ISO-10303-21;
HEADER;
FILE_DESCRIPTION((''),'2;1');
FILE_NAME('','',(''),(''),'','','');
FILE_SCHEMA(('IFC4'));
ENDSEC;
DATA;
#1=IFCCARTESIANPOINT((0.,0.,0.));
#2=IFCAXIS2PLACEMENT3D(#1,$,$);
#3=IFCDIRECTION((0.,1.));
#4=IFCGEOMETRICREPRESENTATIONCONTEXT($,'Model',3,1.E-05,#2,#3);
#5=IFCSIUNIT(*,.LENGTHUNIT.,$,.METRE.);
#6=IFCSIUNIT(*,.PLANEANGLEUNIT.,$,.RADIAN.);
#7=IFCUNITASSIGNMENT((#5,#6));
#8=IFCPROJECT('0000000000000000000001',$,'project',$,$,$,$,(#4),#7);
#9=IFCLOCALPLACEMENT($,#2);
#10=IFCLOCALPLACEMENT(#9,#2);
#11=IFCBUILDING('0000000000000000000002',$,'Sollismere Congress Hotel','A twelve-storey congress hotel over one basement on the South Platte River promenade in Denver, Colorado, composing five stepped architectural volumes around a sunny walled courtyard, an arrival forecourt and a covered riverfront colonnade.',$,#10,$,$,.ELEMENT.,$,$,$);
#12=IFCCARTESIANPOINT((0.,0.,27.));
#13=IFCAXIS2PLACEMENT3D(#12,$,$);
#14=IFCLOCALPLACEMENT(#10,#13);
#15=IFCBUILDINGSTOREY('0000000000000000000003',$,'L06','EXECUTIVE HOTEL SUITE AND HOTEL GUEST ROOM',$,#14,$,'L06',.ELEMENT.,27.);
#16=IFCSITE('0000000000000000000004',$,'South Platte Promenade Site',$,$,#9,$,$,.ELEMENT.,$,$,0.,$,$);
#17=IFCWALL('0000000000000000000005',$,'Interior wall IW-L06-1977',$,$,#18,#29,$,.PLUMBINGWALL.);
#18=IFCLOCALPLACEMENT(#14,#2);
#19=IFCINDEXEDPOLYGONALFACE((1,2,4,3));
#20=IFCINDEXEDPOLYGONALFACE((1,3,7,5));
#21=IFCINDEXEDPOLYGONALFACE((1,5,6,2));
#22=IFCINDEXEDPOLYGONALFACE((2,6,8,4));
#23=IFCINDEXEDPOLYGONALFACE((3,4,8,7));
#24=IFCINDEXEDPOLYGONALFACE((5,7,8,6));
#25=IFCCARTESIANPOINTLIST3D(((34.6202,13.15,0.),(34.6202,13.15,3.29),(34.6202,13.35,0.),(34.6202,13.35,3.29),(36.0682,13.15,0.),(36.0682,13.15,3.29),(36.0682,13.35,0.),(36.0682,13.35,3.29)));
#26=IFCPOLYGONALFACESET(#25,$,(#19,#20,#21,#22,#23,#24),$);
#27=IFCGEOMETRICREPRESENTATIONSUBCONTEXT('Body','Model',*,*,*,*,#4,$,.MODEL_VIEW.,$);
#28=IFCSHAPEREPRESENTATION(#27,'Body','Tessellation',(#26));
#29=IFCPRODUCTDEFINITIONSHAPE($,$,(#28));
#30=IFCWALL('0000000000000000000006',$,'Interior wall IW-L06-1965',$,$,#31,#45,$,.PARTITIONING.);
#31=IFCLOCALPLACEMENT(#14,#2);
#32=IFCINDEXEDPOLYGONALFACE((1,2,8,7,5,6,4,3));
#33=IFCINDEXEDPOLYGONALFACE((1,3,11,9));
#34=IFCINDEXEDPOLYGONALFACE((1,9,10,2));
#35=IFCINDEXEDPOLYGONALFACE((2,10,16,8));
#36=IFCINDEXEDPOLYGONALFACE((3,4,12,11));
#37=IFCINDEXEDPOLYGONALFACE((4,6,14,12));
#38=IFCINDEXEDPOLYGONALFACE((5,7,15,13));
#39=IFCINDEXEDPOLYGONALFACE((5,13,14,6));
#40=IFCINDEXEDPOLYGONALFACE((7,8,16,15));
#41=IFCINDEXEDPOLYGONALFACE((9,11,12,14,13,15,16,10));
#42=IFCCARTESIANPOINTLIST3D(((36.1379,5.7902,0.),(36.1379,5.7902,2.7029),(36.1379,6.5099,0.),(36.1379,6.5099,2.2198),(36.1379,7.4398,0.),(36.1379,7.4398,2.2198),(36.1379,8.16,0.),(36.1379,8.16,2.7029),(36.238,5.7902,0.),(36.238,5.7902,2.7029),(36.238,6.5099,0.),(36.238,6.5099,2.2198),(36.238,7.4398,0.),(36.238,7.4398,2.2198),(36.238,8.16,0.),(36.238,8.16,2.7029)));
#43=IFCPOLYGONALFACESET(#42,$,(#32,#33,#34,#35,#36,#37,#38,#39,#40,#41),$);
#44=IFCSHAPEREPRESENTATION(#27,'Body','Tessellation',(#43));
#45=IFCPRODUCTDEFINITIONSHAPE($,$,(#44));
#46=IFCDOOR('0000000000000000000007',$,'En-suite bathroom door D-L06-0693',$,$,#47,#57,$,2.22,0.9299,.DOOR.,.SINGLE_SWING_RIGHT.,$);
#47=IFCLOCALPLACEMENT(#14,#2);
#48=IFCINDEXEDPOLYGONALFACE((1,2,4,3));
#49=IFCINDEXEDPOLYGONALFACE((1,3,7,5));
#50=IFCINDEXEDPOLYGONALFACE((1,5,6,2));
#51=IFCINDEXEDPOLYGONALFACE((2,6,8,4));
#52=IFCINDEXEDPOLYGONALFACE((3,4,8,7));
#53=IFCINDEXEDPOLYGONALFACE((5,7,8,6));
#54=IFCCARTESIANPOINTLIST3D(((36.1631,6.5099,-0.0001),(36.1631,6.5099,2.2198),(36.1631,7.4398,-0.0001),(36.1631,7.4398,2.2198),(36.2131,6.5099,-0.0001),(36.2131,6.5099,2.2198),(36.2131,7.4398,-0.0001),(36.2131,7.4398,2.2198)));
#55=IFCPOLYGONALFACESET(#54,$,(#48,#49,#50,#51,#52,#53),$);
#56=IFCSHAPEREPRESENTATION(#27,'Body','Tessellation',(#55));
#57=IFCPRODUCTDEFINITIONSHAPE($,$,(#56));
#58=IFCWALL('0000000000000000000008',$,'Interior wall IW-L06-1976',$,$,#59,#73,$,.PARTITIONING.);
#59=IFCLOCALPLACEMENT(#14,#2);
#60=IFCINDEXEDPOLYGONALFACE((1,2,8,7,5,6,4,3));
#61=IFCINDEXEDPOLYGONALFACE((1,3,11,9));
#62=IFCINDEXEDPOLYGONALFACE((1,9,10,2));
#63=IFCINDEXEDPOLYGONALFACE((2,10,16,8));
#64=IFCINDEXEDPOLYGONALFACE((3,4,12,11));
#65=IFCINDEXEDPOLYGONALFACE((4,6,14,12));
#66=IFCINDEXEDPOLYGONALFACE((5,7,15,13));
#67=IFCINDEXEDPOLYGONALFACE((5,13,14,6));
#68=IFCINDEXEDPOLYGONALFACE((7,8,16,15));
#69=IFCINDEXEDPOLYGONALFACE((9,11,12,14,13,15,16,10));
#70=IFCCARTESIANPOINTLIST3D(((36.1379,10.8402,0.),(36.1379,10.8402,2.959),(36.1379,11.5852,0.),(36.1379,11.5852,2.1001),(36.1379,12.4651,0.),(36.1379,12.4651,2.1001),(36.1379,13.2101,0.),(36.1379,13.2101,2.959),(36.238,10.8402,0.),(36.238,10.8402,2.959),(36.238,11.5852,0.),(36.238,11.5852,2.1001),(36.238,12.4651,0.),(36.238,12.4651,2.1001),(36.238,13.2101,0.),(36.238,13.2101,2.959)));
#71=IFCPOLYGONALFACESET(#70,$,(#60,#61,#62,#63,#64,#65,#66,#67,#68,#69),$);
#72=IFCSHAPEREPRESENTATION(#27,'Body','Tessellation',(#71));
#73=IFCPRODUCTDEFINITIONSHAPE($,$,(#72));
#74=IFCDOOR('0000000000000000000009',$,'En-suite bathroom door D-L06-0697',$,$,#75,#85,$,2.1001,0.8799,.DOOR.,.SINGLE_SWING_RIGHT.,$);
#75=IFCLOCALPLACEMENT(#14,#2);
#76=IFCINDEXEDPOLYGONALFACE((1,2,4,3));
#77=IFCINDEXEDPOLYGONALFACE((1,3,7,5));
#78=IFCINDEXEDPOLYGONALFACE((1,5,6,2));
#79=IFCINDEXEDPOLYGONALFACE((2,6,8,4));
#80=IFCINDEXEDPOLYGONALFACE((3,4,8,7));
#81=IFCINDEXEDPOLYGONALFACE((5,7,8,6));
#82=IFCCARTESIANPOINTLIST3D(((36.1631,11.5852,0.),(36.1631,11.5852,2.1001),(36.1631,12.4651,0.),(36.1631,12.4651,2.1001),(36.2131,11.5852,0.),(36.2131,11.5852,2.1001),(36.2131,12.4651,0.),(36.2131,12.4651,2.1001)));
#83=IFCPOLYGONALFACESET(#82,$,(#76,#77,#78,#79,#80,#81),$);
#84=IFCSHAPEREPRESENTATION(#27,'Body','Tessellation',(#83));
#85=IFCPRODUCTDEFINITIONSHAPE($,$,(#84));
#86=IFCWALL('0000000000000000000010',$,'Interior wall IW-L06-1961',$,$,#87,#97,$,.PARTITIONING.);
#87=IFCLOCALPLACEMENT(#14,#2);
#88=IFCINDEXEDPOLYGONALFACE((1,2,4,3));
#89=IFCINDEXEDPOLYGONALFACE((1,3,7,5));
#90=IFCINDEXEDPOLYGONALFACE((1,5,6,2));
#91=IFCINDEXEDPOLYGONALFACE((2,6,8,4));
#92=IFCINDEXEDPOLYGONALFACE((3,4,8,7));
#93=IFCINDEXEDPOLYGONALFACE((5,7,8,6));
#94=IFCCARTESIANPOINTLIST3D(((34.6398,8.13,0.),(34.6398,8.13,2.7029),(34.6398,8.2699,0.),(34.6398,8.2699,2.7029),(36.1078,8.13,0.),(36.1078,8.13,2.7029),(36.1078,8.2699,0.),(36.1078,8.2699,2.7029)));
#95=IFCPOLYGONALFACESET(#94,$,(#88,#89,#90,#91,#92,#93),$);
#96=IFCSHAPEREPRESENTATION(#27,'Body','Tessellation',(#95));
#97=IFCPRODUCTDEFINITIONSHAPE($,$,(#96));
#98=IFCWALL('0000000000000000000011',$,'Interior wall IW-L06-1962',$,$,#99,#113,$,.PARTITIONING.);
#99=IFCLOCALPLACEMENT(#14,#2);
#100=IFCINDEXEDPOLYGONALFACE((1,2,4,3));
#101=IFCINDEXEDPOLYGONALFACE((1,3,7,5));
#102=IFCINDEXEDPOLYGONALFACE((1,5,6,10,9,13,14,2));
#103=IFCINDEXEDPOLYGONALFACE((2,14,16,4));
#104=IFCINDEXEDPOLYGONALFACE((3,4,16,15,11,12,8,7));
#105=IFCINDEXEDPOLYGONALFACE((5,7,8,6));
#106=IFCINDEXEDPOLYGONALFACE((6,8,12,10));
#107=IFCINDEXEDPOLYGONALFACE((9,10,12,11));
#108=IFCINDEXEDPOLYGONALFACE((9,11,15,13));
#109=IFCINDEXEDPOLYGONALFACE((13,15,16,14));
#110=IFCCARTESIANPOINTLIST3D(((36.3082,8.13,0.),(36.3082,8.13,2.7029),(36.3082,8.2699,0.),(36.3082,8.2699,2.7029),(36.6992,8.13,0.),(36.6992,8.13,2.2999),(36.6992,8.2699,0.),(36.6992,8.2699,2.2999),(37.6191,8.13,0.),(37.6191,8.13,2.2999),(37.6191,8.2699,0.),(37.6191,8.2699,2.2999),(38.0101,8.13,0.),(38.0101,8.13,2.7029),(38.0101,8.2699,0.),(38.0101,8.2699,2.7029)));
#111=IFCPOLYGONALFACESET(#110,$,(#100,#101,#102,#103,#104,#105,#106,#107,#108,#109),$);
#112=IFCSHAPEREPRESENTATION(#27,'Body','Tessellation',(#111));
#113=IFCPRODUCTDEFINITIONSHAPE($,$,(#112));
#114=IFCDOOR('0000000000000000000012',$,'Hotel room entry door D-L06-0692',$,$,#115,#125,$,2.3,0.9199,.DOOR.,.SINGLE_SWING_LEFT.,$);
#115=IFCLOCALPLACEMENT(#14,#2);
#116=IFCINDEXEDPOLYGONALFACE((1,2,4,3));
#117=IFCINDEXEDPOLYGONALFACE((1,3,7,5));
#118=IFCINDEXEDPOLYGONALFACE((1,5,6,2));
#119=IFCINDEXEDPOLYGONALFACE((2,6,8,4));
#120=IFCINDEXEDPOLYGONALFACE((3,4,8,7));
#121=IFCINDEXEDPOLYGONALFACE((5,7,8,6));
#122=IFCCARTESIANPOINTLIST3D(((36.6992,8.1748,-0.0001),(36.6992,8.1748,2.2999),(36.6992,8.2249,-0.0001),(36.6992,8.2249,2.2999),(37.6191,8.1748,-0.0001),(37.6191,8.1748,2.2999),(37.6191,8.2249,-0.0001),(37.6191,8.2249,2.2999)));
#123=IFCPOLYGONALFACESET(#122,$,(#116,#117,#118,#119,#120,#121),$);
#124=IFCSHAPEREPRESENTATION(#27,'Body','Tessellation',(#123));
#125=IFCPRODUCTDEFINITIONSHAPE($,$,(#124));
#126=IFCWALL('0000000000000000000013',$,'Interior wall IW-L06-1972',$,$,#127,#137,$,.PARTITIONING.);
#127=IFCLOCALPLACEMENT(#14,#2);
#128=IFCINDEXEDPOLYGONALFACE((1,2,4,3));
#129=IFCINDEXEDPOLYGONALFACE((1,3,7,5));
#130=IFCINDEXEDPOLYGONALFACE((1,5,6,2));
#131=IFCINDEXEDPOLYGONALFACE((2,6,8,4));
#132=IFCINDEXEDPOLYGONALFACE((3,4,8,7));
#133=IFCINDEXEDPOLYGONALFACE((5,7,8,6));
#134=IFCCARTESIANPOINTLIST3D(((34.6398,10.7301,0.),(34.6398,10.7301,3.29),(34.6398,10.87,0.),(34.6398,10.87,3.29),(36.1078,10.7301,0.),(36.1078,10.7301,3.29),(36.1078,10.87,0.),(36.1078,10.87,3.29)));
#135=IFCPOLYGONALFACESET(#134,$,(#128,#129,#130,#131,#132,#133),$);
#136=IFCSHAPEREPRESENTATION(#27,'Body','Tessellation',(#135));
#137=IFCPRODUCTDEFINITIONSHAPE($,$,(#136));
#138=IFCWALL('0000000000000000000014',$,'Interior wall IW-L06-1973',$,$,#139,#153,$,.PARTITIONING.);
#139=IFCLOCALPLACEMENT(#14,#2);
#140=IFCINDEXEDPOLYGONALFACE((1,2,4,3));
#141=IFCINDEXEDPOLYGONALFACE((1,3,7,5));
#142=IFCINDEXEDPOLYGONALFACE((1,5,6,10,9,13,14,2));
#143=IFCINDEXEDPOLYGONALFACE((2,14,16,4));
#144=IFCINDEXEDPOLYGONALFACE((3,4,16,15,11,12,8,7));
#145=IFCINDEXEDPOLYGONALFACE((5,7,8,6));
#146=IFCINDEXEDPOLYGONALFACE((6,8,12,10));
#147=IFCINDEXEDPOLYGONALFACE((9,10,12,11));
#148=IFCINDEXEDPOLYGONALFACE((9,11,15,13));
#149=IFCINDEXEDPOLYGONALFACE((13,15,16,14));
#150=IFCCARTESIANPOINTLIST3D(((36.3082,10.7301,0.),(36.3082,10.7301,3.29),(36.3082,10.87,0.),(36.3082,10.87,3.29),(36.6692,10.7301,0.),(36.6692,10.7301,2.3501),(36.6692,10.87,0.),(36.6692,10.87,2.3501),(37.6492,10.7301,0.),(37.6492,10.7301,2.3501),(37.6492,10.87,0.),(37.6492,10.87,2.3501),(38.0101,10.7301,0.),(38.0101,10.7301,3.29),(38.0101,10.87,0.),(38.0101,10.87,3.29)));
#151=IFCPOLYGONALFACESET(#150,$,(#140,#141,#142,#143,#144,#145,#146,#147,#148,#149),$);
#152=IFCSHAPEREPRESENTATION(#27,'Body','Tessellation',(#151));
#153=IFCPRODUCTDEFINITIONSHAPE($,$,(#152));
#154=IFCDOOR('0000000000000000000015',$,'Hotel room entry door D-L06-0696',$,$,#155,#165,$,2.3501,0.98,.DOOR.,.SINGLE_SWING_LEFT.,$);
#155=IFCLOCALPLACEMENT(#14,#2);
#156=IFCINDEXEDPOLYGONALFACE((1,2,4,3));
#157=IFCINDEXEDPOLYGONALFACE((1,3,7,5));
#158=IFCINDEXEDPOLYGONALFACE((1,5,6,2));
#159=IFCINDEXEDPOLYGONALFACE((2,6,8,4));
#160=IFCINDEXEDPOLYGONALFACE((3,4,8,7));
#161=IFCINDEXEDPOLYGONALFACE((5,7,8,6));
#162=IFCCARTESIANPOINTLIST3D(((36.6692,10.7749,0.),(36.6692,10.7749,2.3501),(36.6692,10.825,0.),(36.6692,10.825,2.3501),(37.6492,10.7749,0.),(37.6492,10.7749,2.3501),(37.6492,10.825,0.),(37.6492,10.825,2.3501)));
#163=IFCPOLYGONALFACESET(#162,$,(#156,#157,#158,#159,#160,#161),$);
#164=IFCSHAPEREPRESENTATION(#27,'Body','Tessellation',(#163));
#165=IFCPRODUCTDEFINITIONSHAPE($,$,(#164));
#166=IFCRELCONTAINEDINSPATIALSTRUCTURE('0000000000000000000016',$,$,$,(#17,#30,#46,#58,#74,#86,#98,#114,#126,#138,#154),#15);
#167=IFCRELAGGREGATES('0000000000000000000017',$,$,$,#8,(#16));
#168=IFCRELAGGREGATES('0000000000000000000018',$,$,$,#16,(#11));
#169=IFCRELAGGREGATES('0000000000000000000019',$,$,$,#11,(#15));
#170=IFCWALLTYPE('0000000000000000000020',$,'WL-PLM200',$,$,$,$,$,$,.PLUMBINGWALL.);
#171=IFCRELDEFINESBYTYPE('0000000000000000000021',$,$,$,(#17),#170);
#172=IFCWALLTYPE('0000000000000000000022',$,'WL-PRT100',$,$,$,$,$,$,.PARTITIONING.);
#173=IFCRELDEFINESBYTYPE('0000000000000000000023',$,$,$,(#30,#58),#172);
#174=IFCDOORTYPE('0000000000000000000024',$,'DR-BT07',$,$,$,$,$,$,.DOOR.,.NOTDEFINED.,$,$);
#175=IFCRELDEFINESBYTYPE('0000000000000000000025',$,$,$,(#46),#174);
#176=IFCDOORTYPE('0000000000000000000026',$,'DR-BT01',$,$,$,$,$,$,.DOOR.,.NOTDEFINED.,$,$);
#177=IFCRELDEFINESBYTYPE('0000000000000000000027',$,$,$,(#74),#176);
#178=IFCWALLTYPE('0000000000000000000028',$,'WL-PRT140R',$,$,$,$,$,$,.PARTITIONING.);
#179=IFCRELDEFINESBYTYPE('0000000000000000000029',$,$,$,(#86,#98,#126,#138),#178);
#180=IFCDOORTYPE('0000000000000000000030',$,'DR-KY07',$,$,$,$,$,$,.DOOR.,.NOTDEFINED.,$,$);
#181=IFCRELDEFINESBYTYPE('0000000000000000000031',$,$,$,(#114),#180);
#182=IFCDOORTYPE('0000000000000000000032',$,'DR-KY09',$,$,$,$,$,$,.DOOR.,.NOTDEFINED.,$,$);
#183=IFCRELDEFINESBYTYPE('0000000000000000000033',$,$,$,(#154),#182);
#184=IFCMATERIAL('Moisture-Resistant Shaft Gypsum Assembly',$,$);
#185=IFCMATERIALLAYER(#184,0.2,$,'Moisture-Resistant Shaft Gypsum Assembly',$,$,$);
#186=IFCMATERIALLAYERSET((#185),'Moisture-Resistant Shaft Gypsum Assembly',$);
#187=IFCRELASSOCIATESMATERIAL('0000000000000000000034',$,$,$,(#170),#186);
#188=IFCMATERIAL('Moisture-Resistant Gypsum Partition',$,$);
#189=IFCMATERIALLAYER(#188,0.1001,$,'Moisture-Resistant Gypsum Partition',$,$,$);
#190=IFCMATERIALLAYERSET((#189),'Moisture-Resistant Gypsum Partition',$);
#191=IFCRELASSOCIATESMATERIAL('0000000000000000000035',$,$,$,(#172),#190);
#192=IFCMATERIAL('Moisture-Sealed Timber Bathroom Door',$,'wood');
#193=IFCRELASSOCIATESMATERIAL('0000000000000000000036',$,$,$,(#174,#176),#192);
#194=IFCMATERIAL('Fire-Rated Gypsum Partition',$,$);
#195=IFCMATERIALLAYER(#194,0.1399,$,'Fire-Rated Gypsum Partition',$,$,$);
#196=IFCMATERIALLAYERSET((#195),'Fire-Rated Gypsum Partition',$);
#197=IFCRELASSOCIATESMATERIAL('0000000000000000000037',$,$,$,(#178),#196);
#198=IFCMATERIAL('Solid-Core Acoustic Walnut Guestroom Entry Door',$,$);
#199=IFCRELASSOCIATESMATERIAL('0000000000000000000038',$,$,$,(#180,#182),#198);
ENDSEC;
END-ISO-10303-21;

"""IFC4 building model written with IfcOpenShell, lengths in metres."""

from ifc_helpers import new_model, si_unit, direction, frame, frame_2d, origin, place, context, subcontext, project, spatial, rectangle, extrude, material, layer, layer_set, type_object, element, fill, save


model = new_model("IFC4")

# Units and contexts
model_context = context("Model", 3, precision=1e-05, world=origin(), true_north=direction((0.0, 1.0)))
body_context = subcontext(model_context, "Body", "Model", "MODEL_VIEW")
ifc_project = project(units=[si_unit("LENGTHUNIT", "METRE"), si_unit("PLANEANGLEUNIT", "RADIAN")], contexts=[model_context])

# Site, building, storey
site_placement = place(None, origin())
site = spatial("IfcSite", under=ifc_project, at=site_placement, Name="South Platte Promenade Site", CompositionType="ELEMENT", RefElevation=0.0)
building_placement = place(site_placement, origin())
building = spatial("IfcBuilding", under=site, at=building_placement, Name="Sollismere Congress Hotel", Description="A twelve-storey congress hotel over one basement on the South Platte River promenade in Denver, Colorado, composing five stepped architectural volumes around a sunny walled courtyard, an arrival forecourt and a covered riverfront colonnade.", CompositionType="ELEMENT")
storey_placement = place(building_placement, frame((0.0, 0.0, 27.0)))
storey = spatial("IfcBuildingStorey", under=building, at=storey_placement, Name="L06", Description="EXECUTIVE HOTEL SUITE AND HOTEL GUEST ROOM", LongName="L06", CompositionType="ELEMENT", Elevation=27.0)

# Wall
ifc_material_1 = material(Name="Moisture-Resistant Shaft Gypsum Assembly")
ifc_layer_1 = layer(ifc_material_1, 0.2, Name="Moisture-Resistant Shaft Gypsum Assembly")
ifc_layer_set_1 = layer_set([ifc_layer_1], Name="Moisture-Resistant Shaft Gypsum Assembly")
wall_type_1 = type_object("IfcWallType", Name="WL-PLM200", PredefinedType="PLUMBINGWALL", material=ifc_layer_set_1)
for number, where, z_axis, x_axis, name in (
    (1, (34.6201, 13.25, 0.0), (0.0, 0.0, 1.0), (1.0, 0.0, 0.0), "Interior wall IW-L06-1977"),
):
    element("IfcWall", number, at=place(storey_placement, frame(where, z_axis=z_axis, x_axis=x_axis)), inside=storey, type_object=wall_type_1, Name=name, PredefinedType="PLUMBINGWALL", context=body_context, shape_type="SweptSolid", body=[
        extrude(rectangle(XDim=1.448, YDim=0.2, at=frame_2d((0.7241, 0.0))), origin(), (0.0, 0.0, 1.0), 3.29),
    ])

# Walls, openings, doors
ifc_material_2 = material(Name="Moisture-Resistant Gypsum Partition")
ifc_layer_2 = layer(ifc_material_2, 0.1001, Name="Moisture-Resistant Gypsum Partition")
ifc_layer_set_2 = layer_set([ifc_layer_2], Name="Moisture-Resistant Gypsum Partition")
wall_type_2 = type_object("IfcWallType", Name="WL-PRT100", PredefinedType="PARTITIONING", material=ifc_layer_set_2)
wall_1_placement = place(storey_placement, frame((36.188, 5.79, 0.0), z_axis=(0.0, 0.0, 1.0), x_axis=(0.0, 1.0, 0.0)))
wall_1 = element("IfcWall", 2, at=wall_1_placement, inside=storey, type_object=wall_type_2, Name="Interior wall IW-L06-1965", PredefinedType="PARTITIONING", context=body_context, shape_type="SweptSolid", body=[
    extrude(rectangle(XDim=2.3699, YDim=0.1001, at=frame_2d((1.1851, 0.0))), origin(), (0.0, 0.0, 1.0), 2.7029),
])
opening_1_placement = place(wall_1_placement, frame((0.72, 0.0, 0.0)))
opening_1 = element("IfcOpeningElement", 3, at=opening_1_placement, cuts=wall_1, PredefinedType="OPENING", context=body_context, shape_type="SweptSolid", body=[
    extrude(rectangle(XDim=0.9299, YDim=2.22, at=frame_2d((0.4648, 1.1099))), frame((0.0, 0.0601, 0.0), z_axis=(0.0, -1.0, 0.0), x_axis=(1.0, 0.0, 0.0)), (0.0, 0.0, 1.0), 0.1201),
])
ifc_material_3 = material(Name="Moisture-Sealed Timber Bathroom Door", Category="wood")
door_type_1 = type_object("IfcDoorType", Name="DR-BT07", OperationType="NOTDEFINED", PredefinedType="DOOR", material=ifc_material_3)
door_1_placement = place(opening_1_placement, origin())
door_1 = element("IfcDoor", 4, at=door_1_placement, inside=storey, type_object=door_type_1, Name="En-suite bathroom door D-L06-0693", OperationType="SINGLE_SWING_RIGHT", OverallHeight=2.22, OverallWidth=0.9299, PredefinedType="DOOR", context=body_context, shape_type="SweptSolid", body=[
    extrude(rectangle(XDim=0.9299, YDim=2.22, at=frame_2d((0.4648, 1.1099))), frame((0.0, 0.0249, 0.0), z_axis=(0.0, -1.0, 0.0), x_axis=(1.0, 0.0, 0.0)), (0.0, 0.0, 1.0), 0.05),
])
fill(opening_1, door_1)
wall_2_placement = place(storey_placement, frame((36.188, 10.8401, 0.0), z_axis=(0.0, 0.0, 1.0), x_axis=(0.0, 1.0, 0.0)))
wall_2 = element("IfcWall", 5, at=wall_2_placement, inside=storey, type_object=wall_type_2, Name="Interior wall IW-L06-1976", PredefinedType="PARTITIONING", context=body_context, shape_type="SweptSolid", body=[
    extrude(rectangle(XDim=2.3699, YDim=0.1001, at=frame_2d((1.1851, 0.0))), origin(), (0.0, 0.0, 1.0), 2.959),
])
opening_2_placement = place(wall_2_placement, frame((0.7451, 0.0, 0.0)))
opening_2 = element("IfcOpeningElement", 6, at=opening_2_placement, cuts=wall_2, PredefinedType="OPENING", context=body_context, shape_type="SweptSolid", body=[
    extrude(rectangle(XDim=0.8799, YDim=2.1001, at=frame_2d((0.4399, 1.05))), frame((0.0, 0.0601, 0.0), z_axis=(0.0, -1.0, 0.0), x_axis=(1.0, 0.0, 0.0)), (0.0, 0.0, 1.0), 0.1201),
])
door_type_2 = type_object("IfcDoorType", Name="DR-BT01", OperationType="NOTDEFINED", PredefinedType="DOOR", material=ifc_material_3)
door_2_placement = place(opening_2_placement, origin())
door_2 = element("IfcDoor", 7, at=door_2_placement, inside=storey, type_object=door_type_2, Name="En-suite bathroom door D-L06-0697", OperationType="SINGLE_SWING_RIGHT", OverallHeight=2.1001, OverallWidth=0.8799, PredefinedType="DOOR", context=body_context, shape_type="SweptSolid", body=[
    extrude(rectangle(XDim=0.8799, YDim=2.1001, at=frame_2d((0.4399, 1.05))), frame((0.0, 0.0249, 0.0), z_axis=(0.0, -1.0, 0.0), x_axis=(1.0, 0.0, 0.0)), (0.0, 0.0, 1.0), 0.05),
])
fill(opening_2, door_2)

# Wall
ifc_material_4 = material(Name="Fire-Rated Gypsum Partition")
ifc_layer_3 = layer(ifc_material_4, 0.1399, Name="Fire-Rated Gypsum Partition")
ifc_layer_set_3 = layer_set([ifc_layer_3], Name="Fire-Rated Gypsum Partition")
wall_type_3 = type_object("IfcWallType", Name="WL-PRT140R", PredefinedType="PARTITIONING", material=ifc_layer_set_3)
wall_3_placement = place(storey_placement, frame((34.6399, 8.2, 0.0), z_axis=(0.0, 0.0, 1.0), x_axis=(1.0, 0.0, 0.0)))
element("IfcWall", 8, at=wall_3_placement, inside=storey, type_object=wall_type_3, Name="Interior wall IW-L06-1961", PredefinedType="PARTITIONING", context=body_context, shape_type="SweptSolid", body=[
    extrude(rectangle(XDim=1.468, YDim=0.1399, at=frame_2d((0.7339, 0.0))), origin(), (0.0, 0.0, 1.0), 2.7029),
])

# Wall, opening, door
wall_4_placement = place(storey_placement, frame((36.3081, 8.2, 0.0), z_axis=(0.0, 0.0, 1.0), x_axis=(1.0, 0.0, 0.0)))
wall_4 = element("IfcWall", 9, at=wall_4_placement, inside=storey, type_object=wall_type_3, Name="Interior wall IW-L06-1962", PredefinedType="PARTITIONING", context=body_context, shape_type="SweptSolid", body=[
    extrude(rectangle(XDim=1.7019, YDim=0.1399, at=frame_2d((0.8511, 0.0))), origin(), (0.0, 0.0, 1.0), 2.7029),
])
opening_3_placement = place(wall_4_placement, frame((0.3911, 0.0, 0.0)))
opening_3 = element("IfcOpeningElement", 10, at=opening_3_placement, cuts=wall_4, PredefinedType="OPENING", context=body_context, shape_type="SweptSolid", body=[
    extrude(rectangle(XDim=0.9199, YDim=2.3, at=frame_2d((0.46, 1.1499))), frame((0.0, 0.0798, 0.0), z_axis=(0.0, -1.0, 0.0), x_axis=(1.0, 0.0, 0.0)), (0.0, 0.0, 1.0), 0.1599),
])
ifc_material_5 = material(Name="Solid-Core Acoustic Walnut Guestroom Entry Door")
door_type_3 = type_object("IfcDoorType", Name="DR-KY07", OperationType="NOTDEFINED", PredefinedType="DOOR", material=ifc_material_5)
door_3_placement = place(opening_3_placement, origin())
door_3 = element("IfcDoor", 11, at=door_3_placement, inside=storey, type_object=door_type_3, Name="Hotel room entry door D-L06-0692", OperationType="SINGLE_SWING_LEFT", OverallHeight=2.3, OverallWidth=0.9199, PredefinedType="DOOR", context=body_context, shape_type="SweptSolid", body=[
    extrude(rectangle(XDim=0.9199, YDim=2.3, at=frame_2d((0.46, 1.1499))), frame((0.0, 0.0249, 0.0), z_axis=(0.0, -1.0, 0.0), x_axis=(1.0, 0.0, 0.0)), (0.0, 0.0, 1.0), 0.05),
])
fill(opening_3, door_3)

# Wall
wall_5_placement = place(storey_placement, frame((34.6399, 10.8, 0.0), z_axis=(0.0, 0.0, 1.0), x_axis=(1.0, 0.0, 0.0)))
element("IfcWall", 12, at=wall_5_placement, inside=storey, type_object=wall_type_3, Name="Interior wall IW-L06-1972", PredefinedType="PARTITIONING", context=body_context, shape_type="SweptSolid", body=[
    extrude(rectangle(XDim=1.468, YDim=0.1399, at=frame_2d((0.7339, 0.0))), origin(), (0.0, 0.0, 1.0), 3.29),
])

# Wall, opening, door
wall_6_placement = place(storey_placement, frame((36.3081, 10.8, 0.0), z_axis=(0.0, 0.0, 1.0), x_axis=(1.0, 0.0, 0.0)))
wall_6 = element("IfcWall", 13, at=wall_6_placement, inside=storey, type_object=wall_type_3, Name="Interior wall IW-L06-1973", PredefinedType="PARTITIONING", context=body_context, shape_type="SweptSolid", body=[
    extrude(rectangle(XDim=1.7019, YDim=0.1399, at=frame_2d((0.8511, 0.0))), origin(), (0.0, 0.0, 1.0), 3.29),
])
opening_4_placement = place(wall_6_placement, frame((0.3611, 0.0, 0.0)))
opening_4 = element("IfcOpeningElement", 14, at=opening_4_placement, cuts=wall_6, PredefinedType="OPENING", context=body_context, shape_type="SweptSolid", body=[
    extrude(rectangle(XDim=0.98, YDim=2.3501, at=frame_2d((0.49, 1.175))), frame((0.0, 0.0798, 0.0), z_axis=(0.0, -1.0, 0.0), x_axis=(1.0, 0.0, 0.0)), (0.0, 0.0, 1.0), 0.1599),
])
door_type_4 = type_object("IfcDoorType", Name="DR-KY09", OperationType="NOTDEFINED", PredefinedType="DOOR", material=ifc_material_5)
door_4_placement = place(opening_4_placement, origin())
door_4 = element("IfcDoor", 15, at=door_4_placement, inside=storey, type_object=door_type_4, Name="Hotel room entry door D-L06-0696", OperationType="SINGLE_SWING_LEFT", OverallHeight=2.3501, OverallWidth=0.98, PredefinedType="DOOR", context=body_context, shape_type="SweptSolid", body=[
    extrude(rectangle(XDim=0.98, YDim=2.3501, at=frame_2d((0.49, 1.175))), frame((0.0, 0.0249, 0.0), z_axis=(0.0, -1.0, 0.0), x_axis=(1.0, 0.0, 0.0)), (0.0, 0.0, 1.0), 0.05),
])
fill(opening_4, door_4)

save(model, "model.ifc")
